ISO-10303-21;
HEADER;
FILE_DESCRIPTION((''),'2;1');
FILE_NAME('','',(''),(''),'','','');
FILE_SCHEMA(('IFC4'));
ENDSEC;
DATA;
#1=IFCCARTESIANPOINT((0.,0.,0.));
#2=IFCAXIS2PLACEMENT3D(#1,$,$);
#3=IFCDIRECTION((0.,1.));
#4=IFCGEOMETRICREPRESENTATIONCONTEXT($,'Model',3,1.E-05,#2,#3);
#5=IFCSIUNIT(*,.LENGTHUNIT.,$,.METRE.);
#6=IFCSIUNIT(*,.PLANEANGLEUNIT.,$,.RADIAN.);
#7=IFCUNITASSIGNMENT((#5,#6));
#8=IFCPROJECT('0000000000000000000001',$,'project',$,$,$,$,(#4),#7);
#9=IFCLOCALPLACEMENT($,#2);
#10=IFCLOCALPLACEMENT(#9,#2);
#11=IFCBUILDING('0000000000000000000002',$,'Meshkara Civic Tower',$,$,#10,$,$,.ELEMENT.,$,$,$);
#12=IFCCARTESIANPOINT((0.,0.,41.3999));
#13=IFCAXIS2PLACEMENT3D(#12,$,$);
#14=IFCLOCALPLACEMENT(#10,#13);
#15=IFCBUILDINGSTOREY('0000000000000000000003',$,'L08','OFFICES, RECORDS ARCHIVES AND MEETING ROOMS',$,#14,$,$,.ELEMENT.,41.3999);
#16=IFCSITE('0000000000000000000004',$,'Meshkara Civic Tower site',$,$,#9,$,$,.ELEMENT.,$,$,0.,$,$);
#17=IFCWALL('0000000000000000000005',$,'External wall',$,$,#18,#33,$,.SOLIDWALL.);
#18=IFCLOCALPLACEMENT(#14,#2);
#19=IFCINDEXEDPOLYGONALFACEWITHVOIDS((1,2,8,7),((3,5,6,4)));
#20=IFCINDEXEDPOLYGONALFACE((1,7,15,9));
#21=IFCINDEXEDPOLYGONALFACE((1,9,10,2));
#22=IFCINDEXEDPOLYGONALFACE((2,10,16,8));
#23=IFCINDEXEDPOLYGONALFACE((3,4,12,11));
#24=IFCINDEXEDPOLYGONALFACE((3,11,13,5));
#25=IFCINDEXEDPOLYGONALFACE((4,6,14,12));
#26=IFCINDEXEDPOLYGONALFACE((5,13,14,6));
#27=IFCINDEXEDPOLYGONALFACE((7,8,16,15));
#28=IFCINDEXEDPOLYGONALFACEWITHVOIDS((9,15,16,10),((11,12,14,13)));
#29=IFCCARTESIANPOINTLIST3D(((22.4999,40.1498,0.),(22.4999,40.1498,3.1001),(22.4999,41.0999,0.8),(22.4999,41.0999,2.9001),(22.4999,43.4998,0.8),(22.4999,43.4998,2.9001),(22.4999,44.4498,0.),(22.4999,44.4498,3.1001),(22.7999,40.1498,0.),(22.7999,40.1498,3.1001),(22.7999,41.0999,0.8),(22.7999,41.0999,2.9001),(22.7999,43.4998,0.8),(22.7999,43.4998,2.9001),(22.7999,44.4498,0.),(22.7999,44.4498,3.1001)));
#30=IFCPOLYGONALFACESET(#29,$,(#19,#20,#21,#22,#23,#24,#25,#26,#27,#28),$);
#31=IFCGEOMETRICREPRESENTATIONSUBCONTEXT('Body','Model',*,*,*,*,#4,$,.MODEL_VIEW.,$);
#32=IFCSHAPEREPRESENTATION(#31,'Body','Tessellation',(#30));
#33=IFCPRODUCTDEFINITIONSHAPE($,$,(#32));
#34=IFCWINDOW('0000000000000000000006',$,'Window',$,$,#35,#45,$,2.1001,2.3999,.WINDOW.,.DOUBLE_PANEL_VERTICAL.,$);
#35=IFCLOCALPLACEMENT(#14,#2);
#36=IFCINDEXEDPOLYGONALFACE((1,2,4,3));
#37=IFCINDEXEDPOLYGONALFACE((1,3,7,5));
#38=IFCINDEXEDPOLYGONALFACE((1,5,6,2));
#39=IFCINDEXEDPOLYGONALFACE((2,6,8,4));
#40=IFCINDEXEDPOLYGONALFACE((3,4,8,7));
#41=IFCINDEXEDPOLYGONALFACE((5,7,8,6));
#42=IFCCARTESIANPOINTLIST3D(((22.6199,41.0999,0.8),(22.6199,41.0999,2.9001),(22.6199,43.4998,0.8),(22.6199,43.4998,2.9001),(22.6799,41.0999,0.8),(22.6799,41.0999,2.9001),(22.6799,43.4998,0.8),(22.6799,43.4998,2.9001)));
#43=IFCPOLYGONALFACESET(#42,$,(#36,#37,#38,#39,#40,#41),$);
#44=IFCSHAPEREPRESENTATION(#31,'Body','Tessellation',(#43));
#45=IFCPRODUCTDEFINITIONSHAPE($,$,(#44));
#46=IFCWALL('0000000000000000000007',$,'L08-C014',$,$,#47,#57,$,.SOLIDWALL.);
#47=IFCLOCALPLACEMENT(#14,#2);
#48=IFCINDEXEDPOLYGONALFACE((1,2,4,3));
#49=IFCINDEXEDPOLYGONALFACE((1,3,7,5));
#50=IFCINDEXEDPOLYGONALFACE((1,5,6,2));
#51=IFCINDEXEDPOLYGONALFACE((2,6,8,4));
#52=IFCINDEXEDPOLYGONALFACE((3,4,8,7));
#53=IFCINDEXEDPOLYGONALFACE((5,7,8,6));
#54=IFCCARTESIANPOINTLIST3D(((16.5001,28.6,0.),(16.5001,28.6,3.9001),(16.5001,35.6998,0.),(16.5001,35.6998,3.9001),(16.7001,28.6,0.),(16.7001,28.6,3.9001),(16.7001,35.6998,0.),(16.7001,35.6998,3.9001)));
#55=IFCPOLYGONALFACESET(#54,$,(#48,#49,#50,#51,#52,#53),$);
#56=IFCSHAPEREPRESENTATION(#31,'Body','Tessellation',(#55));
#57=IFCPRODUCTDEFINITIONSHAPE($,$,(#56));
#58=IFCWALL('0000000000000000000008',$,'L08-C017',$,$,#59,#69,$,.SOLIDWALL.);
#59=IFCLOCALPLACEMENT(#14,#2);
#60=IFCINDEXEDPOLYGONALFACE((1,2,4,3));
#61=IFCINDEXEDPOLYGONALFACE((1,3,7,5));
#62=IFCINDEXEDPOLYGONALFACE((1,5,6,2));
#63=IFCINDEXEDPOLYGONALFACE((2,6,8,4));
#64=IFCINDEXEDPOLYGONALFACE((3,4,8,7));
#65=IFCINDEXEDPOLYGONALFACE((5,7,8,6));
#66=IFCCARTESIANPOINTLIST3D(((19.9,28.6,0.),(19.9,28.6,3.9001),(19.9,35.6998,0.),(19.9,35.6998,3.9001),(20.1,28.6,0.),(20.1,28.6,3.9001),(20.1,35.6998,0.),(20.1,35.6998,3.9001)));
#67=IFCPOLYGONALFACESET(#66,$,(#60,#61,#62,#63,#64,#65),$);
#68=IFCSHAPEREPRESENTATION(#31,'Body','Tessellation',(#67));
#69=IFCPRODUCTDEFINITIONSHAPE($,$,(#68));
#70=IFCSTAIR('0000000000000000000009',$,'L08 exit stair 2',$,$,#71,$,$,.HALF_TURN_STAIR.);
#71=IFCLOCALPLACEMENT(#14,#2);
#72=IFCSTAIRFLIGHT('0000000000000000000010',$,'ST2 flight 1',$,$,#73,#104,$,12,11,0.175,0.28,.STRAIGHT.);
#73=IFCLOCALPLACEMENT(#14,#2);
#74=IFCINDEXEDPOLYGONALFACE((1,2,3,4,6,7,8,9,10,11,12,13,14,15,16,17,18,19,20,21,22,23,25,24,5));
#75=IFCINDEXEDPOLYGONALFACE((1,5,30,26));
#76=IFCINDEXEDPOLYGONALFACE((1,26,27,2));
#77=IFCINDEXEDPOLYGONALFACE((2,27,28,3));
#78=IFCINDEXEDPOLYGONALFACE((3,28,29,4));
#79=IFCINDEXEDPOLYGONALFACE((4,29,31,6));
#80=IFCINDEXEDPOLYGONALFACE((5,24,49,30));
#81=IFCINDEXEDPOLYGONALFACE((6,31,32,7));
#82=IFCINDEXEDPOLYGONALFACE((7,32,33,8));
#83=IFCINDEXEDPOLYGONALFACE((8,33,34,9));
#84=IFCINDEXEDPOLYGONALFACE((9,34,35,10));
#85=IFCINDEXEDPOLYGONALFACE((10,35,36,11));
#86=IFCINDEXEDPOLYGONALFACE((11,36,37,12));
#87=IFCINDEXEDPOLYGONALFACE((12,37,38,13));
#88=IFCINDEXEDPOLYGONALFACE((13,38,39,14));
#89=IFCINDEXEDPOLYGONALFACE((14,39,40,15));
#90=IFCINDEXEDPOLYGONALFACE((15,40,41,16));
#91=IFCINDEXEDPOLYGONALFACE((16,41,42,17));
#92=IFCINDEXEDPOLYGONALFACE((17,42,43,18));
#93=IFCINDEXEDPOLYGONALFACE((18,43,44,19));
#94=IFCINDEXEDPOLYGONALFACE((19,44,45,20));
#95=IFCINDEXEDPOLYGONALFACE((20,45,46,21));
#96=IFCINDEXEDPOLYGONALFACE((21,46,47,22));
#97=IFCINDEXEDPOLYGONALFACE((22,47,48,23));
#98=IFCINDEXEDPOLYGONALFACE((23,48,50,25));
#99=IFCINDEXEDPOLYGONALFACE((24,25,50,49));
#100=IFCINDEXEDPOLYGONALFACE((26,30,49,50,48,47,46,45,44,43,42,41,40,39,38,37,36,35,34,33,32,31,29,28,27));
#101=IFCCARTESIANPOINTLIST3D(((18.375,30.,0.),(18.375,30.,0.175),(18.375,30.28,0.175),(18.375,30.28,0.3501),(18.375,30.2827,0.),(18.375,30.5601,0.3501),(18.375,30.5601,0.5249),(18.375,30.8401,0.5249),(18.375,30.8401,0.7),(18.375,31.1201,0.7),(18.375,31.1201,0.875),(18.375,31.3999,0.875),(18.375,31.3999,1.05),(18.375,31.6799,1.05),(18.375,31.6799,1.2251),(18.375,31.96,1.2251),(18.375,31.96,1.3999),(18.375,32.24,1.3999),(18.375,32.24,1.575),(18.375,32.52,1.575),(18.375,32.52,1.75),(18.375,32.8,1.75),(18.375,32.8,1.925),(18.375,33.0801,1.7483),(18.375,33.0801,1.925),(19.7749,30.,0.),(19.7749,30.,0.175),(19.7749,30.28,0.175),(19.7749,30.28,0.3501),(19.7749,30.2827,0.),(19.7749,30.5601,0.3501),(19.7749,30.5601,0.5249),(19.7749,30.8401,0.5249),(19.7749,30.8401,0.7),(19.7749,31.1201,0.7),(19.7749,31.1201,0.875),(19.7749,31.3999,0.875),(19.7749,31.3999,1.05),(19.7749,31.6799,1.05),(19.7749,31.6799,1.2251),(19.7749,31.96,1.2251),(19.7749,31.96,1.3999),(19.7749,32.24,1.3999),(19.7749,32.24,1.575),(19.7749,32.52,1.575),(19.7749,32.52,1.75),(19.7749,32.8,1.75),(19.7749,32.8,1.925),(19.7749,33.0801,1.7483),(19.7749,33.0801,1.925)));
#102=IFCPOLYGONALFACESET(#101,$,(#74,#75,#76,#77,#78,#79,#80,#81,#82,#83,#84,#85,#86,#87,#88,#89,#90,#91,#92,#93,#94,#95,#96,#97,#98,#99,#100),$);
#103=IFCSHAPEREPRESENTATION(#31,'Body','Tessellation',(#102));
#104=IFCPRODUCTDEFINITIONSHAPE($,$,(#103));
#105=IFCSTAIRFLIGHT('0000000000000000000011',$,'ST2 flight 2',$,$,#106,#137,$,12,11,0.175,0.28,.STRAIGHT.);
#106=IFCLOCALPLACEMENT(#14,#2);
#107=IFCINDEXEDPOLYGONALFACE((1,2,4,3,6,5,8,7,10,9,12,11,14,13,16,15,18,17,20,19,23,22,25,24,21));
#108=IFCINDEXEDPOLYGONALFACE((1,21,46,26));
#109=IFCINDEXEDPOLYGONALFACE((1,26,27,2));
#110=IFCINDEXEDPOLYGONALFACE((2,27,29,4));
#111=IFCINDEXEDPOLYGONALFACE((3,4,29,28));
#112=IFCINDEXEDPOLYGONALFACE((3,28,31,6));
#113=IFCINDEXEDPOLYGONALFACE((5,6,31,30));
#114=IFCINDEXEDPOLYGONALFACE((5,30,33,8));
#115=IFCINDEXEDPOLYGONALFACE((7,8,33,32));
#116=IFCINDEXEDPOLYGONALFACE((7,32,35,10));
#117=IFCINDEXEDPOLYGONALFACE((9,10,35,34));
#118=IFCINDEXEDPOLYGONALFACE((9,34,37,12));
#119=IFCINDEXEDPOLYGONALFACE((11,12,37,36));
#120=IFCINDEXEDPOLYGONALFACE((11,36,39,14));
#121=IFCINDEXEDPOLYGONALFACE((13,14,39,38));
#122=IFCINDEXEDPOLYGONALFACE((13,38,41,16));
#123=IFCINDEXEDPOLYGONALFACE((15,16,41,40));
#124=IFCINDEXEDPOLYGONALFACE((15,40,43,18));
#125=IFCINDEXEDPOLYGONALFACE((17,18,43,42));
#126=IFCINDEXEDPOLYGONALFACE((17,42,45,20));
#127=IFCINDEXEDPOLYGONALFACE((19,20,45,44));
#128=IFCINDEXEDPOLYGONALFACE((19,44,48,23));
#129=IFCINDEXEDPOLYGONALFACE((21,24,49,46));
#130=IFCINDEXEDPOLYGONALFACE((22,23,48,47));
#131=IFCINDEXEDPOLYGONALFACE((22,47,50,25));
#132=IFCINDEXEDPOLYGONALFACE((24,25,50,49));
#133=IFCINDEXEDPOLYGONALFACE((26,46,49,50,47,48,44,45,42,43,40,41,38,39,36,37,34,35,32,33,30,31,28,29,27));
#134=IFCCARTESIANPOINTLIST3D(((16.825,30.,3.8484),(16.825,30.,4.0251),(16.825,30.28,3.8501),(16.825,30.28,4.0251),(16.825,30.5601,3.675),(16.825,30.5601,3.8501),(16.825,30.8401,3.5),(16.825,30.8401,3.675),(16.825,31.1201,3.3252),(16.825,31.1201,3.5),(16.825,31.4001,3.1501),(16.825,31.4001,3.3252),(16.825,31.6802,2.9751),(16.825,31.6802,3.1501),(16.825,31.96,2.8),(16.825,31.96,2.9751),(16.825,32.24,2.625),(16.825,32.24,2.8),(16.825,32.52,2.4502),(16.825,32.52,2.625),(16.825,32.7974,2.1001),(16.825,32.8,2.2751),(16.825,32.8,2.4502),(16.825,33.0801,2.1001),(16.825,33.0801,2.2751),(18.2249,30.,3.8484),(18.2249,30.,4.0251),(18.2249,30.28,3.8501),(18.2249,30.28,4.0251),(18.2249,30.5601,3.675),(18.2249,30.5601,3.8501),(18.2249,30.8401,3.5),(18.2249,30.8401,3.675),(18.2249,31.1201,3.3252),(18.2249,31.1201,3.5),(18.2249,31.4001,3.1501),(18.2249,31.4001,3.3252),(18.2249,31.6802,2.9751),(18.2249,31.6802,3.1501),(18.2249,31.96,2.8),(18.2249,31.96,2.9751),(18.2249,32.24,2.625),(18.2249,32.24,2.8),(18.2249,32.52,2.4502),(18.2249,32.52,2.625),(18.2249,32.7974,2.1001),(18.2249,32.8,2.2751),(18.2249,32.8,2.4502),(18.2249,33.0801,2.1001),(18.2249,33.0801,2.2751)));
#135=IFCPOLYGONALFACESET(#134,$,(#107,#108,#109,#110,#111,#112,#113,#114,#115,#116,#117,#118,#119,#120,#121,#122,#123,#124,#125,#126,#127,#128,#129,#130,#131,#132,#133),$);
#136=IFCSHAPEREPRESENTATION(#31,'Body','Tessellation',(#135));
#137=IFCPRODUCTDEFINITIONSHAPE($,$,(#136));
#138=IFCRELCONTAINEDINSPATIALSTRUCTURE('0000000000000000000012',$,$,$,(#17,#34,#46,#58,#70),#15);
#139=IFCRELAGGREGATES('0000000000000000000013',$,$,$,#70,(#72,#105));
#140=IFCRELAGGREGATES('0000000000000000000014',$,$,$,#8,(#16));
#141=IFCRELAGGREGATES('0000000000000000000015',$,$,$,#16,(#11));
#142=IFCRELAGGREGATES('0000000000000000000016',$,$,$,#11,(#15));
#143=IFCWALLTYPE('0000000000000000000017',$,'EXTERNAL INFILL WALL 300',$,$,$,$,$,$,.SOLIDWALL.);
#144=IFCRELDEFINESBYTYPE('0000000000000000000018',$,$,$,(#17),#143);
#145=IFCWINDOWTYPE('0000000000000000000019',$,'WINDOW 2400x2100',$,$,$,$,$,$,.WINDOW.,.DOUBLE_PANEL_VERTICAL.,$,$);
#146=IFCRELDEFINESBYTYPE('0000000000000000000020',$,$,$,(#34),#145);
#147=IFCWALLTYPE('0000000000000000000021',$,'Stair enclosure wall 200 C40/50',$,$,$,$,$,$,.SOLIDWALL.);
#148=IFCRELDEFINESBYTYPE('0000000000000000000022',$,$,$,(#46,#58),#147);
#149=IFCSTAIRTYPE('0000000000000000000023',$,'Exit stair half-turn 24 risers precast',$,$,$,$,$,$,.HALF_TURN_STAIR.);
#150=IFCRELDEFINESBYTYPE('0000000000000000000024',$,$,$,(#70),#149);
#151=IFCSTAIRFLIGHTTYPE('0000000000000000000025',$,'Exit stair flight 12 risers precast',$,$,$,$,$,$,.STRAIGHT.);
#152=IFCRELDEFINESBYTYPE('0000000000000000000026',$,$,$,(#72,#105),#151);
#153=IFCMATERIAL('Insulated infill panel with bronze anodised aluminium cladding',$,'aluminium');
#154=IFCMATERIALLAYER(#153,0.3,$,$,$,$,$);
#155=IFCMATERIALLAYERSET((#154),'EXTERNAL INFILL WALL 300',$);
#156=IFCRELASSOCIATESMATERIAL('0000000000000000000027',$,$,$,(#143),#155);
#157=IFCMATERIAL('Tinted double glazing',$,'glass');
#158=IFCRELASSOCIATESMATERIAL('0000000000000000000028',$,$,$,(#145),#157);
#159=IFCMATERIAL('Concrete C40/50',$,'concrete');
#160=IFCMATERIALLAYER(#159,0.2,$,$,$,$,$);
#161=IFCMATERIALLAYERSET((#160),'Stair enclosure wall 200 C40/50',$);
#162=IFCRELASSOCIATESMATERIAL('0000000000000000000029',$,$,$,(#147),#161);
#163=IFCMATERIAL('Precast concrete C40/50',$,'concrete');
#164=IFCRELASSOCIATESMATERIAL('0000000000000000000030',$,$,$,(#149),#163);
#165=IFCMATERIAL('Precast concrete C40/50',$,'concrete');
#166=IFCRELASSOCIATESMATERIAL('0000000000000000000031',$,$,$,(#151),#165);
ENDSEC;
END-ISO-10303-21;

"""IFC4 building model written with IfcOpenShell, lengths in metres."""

from ifc_helpers import new_model, si_unit, direction, frame, frame_2d, origin, place, context, subcontext, project, spatial, polyline, rectangle, outline, extrude, material, layer, layer_set, type_object, element, fill, aggregate, save


model = new_model("IFC4")

# Units and contexts
model_context = context("Model", 3, precision=1e-05, world=origin(), true_north=direction((0.0, 1.0)))
body_context = subcontext(model_context, "Body", "Model", "MODEL_VIEW")
ifc_project = project(units=[si_unit("LENGTHUNIT", "METRE"), si_unit("PLANEANGLEUNIT", "RADIAN")], contexts=[model_context])

# Site, building, storey
site_placement = place(None, origin())
site = spatial("IfcSite", under=ifc_project, at=site_placement, Name="Meshkara Civic Tower site", CompositionType="ELEMENT", RefElevation=0.0)
building_placement = place(site_placement, origin())
building = spatial("IfcBuilding", under=site, at=building_placement, Name="Meshkara Civic Tower", CompositionType="ELEMENT")
storey_placement = place(building_placement, frame((0.0, 0.0, 41.3999)))
storey = spatial("IfcBuildingStorey", under=building, at=storey_placement, Name="L08", Description="OFFICES, RECORDS ARCHIVES AND MEETING ROOMS", CompositionType="ELEMENT", Elevation=41.3999)

# Wall, opening, window
ifc_material_1 = material(Name="Insulated infill panel with bronze anodised aluminium cladding", Category="aluminium")
ifc_layer_1 = layer(ifc_material_1, 0.3)
ifc_layer_set_1 = layer_set([ifc_layer_1], Name="EXTERNAL INFILL WALL 300")
wall_type_1 = type_object("IfcWallType", Name="EXTERNAL INFILL WALL 300", PredefinedType="SOLIDWALL", material=ifc_layer_set_1)
ifc_material_2 = material(Name="Tinted double glazing", Category="glass")
window_type_1 = type_object("IfcWindowType", Name="WINDOW 2400x2100", PartitioningType="DOUBLE_PANEL_VERTICAL", PredefinedType="WINDOW", material=ifc_material_2)
wall_1_placement = place(storey_placement, frame((22.6499, 40.1499, 0.0), z_axis=(0.0, 0.0, 1.0), x_axis=(0.0, 1.0, 0.0)))
wall_1 = element("IfcWall", 1, at=wall_1_placement, inside=storey, type_object=wall_type_1, Name="External wall", PredefinedType="SOLIDWALL", context=body_context, shape_type="SweptSolid", body=[
    extrude(rectangle(XDim=4.3, YDim=0.3, at=frame_2d((2.1499, 0.0))), origin(), (0.0, 0.0, 1.0), 3.1001),
])
opening_1_placement = place(wall_1_placement, frame((0.95, 0.0, 0.8)))
opening_1 = element("IfcOpeningElement", 2, at=opening_1_placement, cuts=wall_1, PredefinedType="OPENING", context=body_context, shape_type="SweptSolid", body=[
    extrude(rectangle(XDim=2.3999, YDim=2.1001, at=frame_2d((1.2, 1.05))), frame((0.0, 0.1599, 0.0), z_axis=(0.0, -1.0, 0.0), x_axis=(1.0, 0.0, 0.0)), (0.0, 0.0, 1.0), 0.3201),
])
window_1_placement = place(opening_1_placement, origin())
window_1 = element("IfcWindow", 3, at=window_1_placement, inside=storey, type_object=window_type_1, Name="Window", OverallHeight=2.1001, OverallWidth=2.3999, PartitioningType="DOUBLE_PANEL_VERTICAL", PredefinedType="WINDOW", context=body_context, shape_type="SweptSolid", body=[
    extrude(rectangle(XDim=2.3999, YDim=2.1001, at=frame_2d((1.2, 1.05))), frame((0.0, 0.03, 0.0), z_axis=(0.0, -1.0, 0.0), x_axis=(1.0, 0.0, 0.0)), (0.0, 0.0, 1.0), 0.0601),
])
fill(opening_1, window_1)

# Walls
ifc_material_3 = material(Name="Concrete C40/50", Category="concrete")
ifc_layer_2 = layer(ifc_material_3, 0.2)
ifc_layer_set_2 = layer_set([ifc_layer_2], Name="Stair enclosure wall 200 C40/50")
wall_type_2 = type_object("IfcWallType", Name="Stair enclosure wall 200 C40/50", PredefinedType="SOLIDWALL", material=ifc_layer_set_2)
for number, where, z_axis, x_axis, name in (
    (4, (16.6001, 28.6001, 0.0), (0.0, 0.0, 1.0), (0.0, 1.0, 0.0), "L08-C014"),
    (5, (20.0, 28.6001, 0.0), (0.0, 0.0, 1.0), (0.0, 1.0, 0.0), "L08-C017"),
):
    element("IfcWall", number, at=place(storey_placement, frame(where, z_axis=z_axis, x_axis=x_axis)), inside=storey, type_object=wall_type_2, Name=name, PredefinedType="SOLIDWALL", context=body_context, shape_type="SweptSolid", body=[
        extrude(rectangle(XDim=7.0999, YDim=0.2, at=frame_2d((3.5498, 0.0))), origin(), (0.0, 0.0, 1.0), 3.9001),
    ])

# Stair, stair flights
ifc_material_4 = material(Name="Precast concrete C40/50", Category="concrete")
stair_type = type_object("IfcStairType", Name="Exit stair half-turn 24 risers precast", PredefinedType="HALF_TURN_STAIR", material=ifc_material_4)
stair_placement = place(storey_placement, origin())
stair = element("IfcStair", 6, at=stair_placement, inside=storey, type_object=stair_type, Name="L08 exit stair 2", PredefinedType="HALF_TURN_STAIR")
ifc_material_5 = material(Name="Precast concrete C40/50", Category="concrete")
stair_flight_type = type_object("IfcStairFlightType", Name="Exit stair flight 12 risers precast", PredefinedType="STRAIGHT", material=ifc_material_5)
stair_flight_1_placement = place(storey_placement, frame((19.075, 30.0, 0.0), z_axis=(0.0, 0.0, 1.0), x_axis=(0.0, 1.0, 0.0)))
stair_flight_1 = element("IfcStairFlight", 7, at=stair_flight_1_placement, type_object=stair_flight_type, Name="ST2 flight 1", NumberOfRisers=12, NumberOfTreads=11, PredefinedType="STRAIGHT", RiserHeight=0.175, TreadLength=0.28, context=body_context, shape_type="SweptSolid", body=[
    extrude(outline(polyline([(0.0, 0.0), (0.0, 0.175), (0.28, 0.175), (0.28, 0.3501), (0.5601, 0.3501), (0.5601, 0.5249), (0.8401, 0.5249), (0.8401, 0.7), (1.1201, 0.7), (1.1201, 0.875), (1.3999, 0.875), (1.3999, 1.05), (1.6799, 1.05), (1.6799, 1.2251), (1.96, 1.2251), (1.96, 1.3999), (2.24, 1.3999), (2.24, 1.575), (2.52, 1.575), (2.52, 1.75), (2.8, 1.75), (2.8, 1.925), (3.0801, 1.925), (3.0801, 2.1001), (3.0801, 1.7483), (0.2827, 0.0), (0.0, 0.0)])), frame((0.0, 0.7, 0.0), z_axis=(0.0, -1.0, 0.0), x_axis=(1.0, 0.0, 0.0)), (0.0, 0.0, 1.0), 1.3999),
])
stair_flight_2_placement = place(storey_placement, frame((17.5249, 33.0801, 2.1001), z_axis=(0.0, 0.0, 1.0), x_axis=(0.0, -1.0, 0.0)))
stair_flight_2 = element("IfcStairFlight", 8, at=stair_flight_2_placement, type_object=stair_flight_type, Name="ST2 flight 2", NumberOfRisers=12, NumberOfTreads=11, PredefinedType="STRAIGHT", RiserHeight=0.175, TreadLength=0.28, context=body_context, shape_type="SweptSolid", body=[
    extrude(outline(polyline([(0.0, 0.0), (0.0, 0.175), (0.28, 0.175), (0.28, 0.3501), (0.5601, 0.3501), (0.5601, 0.5249), (0.8401, 0.5249), (0.8401, 0.7), (1.1201, 0.7), (1.1201, 0.875), (1.3999, 0.875), (1.3999, 1.05), (1.6799, 1.05), (1.6799, 1.2251), (1.96, 1.2251), (1.96, 1.3999), (2.24, 1.3999), (2.24, 1.575), (2.52, 1.575), (2.52, 1.75), (2.8, 1.75), (2.8, 1.925), (3.0801, 1.925), (3.0801, 2.1001), (3.0801, 1.7483), (0.2827, 0.0), (0.0, 0.0)])), frame((0.0, 0.7, 0.0), z_axis=(0.0, -1.0, 0.0), x_axis=(1.0, 0.0, 0.0)), (0.0, 0.0, 1.0), 1.3999),
])
aggregate(stair, [stair_flight_1, stair_flight_2])

save(model, "model.ifc")
